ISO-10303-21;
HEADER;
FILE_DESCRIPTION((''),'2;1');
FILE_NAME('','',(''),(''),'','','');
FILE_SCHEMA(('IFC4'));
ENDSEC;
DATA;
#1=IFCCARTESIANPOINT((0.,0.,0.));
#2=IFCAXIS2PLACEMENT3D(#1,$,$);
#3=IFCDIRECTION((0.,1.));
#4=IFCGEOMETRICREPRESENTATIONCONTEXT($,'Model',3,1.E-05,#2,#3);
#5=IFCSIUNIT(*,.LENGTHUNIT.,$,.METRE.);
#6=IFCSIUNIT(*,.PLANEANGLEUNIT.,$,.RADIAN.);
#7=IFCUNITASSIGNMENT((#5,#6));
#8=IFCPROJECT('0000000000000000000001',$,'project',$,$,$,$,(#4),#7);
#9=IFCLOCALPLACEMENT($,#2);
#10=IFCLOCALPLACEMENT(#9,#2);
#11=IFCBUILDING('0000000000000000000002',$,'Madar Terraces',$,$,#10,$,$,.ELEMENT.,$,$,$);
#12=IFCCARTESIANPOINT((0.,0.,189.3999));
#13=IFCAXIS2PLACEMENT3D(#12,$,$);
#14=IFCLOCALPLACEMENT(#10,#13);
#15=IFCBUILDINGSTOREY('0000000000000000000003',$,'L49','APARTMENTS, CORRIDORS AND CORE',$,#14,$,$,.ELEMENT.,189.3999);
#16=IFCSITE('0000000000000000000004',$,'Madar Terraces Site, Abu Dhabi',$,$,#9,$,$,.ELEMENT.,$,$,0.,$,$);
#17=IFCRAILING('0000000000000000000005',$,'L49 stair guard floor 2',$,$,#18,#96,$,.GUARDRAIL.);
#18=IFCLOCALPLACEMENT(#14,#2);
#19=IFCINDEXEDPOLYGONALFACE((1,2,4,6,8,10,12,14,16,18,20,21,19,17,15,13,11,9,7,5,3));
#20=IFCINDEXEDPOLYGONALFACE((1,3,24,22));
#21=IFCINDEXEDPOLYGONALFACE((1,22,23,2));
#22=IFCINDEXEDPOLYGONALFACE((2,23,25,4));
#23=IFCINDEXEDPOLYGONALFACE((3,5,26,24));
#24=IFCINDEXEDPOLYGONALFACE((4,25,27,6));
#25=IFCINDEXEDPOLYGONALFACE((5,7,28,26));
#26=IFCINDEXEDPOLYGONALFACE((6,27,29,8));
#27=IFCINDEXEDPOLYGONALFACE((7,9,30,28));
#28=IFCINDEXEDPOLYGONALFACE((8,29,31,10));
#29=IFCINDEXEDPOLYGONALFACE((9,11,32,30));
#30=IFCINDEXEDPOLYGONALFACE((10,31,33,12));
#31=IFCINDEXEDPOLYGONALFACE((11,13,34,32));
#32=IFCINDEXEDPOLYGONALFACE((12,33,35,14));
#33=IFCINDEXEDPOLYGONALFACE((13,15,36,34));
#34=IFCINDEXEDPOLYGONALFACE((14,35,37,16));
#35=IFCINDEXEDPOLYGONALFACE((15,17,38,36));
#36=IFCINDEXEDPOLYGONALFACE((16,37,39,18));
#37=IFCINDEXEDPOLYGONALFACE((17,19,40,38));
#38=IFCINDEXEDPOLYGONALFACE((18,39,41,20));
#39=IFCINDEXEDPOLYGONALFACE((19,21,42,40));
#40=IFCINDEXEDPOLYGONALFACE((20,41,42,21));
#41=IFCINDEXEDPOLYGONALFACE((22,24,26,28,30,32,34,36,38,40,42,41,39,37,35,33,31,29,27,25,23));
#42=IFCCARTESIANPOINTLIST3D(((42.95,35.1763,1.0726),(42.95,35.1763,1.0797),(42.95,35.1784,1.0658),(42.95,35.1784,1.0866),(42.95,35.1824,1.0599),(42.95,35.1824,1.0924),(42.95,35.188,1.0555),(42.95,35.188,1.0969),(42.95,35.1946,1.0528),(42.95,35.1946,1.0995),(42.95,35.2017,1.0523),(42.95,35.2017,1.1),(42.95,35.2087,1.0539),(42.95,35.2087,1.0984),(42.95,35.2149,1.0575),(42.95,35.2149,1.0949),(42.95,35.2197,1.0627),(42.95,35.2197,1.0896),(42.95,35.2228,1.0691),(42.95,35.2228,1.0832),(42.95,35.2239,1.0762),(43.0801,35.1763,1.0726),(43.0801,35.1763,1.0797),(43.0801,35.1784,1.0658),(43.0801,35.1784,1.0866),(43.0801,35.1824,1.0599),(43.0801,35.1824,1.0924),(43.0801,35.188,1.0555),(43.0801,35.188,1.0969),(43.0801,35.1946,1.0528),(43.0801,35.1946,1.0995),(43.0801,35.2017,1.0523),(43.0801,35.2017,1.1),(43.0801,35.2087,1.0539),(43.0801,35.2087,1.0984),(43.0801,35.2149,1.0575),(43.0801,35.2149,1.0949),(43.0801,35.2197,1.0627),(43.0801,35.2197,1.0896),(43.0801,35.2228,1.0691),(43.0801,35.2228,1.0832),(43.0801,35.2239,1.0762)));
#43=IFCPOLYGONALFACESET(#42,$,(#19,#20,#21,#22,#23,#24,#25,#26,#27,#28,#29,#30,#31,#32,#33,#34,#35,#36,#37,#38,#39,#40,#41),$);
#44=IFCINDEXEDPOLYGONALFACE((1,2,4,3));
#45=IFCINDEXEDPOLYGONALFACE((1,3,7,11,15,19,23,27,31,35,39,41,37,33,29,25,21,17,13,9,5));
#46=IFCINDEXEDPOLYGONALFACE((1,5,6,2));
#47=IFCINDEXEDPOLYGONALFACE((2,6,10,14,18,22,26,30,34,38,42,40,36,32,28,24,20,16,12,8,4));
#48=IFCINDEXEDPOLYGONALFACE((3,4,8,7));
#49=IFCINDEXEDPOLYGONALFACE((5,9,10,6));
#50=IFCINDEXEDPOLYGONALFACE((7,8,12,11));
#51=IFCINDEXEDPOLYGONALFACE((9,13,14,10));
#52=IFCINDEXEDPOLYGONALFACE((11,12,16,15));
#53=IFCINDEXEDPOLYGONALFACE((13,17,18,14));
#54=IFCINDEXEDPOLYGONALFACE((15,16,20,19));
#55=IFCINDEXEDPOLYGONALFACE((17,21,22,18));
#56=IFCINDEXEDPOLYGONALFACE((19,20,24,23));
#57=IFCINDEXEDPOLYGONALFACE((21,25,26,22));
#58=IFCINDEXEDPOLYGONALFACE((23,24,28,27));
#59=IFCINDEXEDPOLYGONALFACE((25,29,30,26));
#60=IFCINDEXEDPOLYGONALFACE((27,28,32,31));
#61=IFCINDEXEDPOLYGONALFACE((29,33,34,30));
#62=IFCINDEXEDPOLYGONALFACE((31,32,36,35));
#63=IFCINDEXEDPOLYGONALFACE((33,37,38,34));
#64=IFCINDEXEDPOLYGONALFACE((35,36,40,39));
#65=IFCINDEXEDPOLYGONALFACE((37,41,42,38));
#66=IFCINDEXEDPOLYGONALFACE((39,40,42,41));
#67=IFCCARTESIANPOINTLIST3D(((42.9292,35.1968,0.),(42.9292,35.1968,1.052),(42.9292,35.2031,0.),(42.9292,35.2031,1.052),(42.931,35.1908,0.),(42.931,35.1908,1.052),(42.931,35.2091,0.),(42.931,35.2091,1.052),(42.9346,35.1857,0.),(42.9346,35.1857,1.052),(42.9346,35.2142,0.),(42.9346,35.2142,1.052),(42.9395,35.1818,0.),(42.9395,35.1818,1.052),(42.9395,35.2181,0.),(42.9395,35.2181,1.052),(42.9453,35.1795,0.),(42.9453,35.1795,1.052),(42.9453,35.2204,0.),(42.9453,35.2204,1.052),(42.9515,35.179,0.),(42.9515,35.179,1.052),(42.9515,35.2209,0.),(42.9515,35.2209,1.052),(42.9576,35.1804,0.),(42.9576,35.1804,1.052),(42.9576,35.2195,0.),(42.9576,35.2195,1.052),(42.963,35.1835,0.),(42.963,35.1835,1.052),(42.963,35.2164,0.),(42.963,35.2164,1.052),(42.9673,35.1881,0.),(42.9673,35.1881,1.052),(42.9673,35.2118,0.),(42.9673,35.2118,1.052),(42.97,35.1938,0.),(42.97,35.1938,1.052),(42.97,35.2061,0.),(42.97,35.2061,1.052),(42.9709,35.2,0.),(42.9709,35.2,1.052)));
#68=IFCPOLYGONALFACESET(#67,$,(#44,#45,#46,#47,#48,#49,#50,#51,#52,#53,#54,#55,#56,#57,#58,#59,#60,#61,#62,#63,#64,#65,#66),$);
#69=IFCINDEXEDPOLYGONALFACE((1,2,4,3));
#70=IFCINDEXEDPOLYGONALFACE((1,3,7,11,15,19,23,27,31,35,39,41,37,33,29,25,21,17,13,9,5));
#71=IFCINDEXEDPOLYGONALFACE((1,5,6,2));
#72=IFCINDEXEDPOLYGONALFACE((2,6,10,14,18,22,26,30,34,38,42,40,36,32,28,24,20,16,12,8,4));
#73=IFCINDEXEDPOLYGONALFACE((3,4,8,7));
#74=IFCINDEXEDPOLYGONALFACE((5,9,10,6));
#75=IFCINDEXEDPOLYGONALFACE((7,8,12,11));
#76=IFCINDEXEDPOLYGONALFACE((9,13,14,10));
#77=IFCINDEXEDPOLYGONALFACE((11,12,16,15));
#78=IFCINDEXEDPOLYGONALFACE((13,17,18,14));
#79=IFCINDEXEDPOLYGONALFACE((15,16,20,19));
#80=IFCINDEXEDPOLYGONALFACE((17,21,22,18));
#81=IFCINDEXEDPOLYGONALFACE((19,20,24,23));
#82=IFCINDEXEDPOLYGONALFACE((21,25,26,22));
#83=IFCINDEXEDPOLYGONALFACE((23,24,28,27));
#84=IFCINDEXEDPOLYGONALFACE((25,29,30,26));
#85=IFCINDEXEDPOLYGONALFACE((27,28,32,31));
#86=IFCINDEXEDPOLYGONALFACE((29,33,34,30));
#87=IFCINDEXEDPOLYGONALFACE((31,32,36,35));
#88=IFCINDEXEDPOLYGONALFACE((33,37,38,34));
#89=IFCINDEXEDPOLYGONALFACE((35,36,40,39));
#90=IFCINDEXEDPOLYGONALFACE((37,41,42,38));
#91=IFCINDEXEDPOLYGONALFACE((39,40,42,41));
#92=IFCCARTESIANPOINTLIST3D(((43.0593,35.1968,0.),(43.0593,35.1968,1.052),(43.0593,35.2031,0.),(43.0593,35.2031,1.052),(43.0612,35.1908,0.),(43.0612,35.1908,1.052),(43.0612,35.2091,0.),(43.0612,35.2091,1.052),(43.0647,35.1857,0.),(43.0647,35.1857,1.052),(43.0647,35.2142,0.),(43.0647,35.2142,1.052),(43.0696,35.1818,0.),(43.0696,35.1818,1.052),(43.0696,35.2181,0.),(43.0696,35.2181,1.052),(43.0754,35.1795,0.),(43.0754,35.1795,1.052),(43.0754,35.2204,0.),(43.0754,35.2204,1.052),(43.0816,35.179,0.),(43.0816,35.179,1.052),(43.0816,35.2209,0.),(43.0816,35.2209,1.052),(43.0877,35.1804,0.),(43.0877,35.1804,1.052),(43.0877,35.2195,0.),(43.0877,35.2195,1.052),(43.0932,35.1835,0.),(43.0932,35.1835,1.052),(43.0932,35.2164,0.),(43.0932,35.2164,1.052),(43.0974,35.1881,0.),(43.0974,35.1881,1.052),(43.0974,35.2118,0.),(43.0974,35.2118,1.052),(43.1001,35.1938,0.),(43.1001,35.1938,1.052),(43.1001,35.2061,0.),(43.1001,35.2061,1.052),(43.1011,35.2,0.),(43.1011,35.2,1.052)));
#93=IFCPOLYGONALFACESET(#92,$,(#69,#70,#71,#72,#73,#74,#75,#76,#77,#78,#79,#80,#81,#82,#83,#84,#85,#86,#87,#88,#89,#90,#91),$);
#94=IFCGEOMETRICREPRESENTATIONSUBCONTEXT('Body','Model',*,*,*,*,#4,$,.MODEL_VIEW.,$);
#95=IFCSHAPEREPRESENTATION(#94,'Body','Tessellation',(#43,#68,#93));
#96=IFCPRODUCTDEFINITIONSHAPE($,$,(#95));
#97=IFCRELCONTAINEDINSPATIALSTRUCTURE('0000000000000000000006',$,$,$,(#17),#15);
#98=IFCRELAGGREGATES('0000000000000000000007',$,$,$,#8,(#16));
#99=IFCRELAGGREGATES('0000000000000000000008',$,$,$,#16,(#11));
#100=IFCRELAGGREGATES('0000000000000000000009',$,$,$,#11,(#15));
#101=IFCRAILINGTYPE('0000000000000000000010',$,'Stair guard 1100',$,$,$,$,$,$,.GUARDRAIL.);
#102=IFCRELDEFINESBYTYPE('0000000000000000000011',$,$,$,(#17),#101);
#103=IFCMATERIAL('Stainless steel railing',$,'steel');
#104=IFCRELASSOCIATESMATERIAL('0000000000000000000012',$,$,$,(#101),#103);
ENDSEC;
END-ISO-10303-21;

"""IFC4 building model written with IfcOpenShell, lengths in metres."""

from ifc_helpers import new_model, si_unit, direction, frame, origin, origin_2d, place, context, subcontext, project, spatial, circle, extrude, material, type_object, element, save


model = new_model("IFC4")

# Units and contexts
model_context = context("Model", 3, precision=1e-05, world=origin(), true_north=direction((0.0, 1.0)))
body_context = subcontext(model_context, "Body", "Model", "MODEL_VIEW")
ifc_project = project(units=[si_unit("LENGTHUNIT", "METRE"), si_unit("PLANEANGLEUNIT", "RADIAN")], contexts=[model_context])

# Site, building, storey
site_placement = place(None, origin())
site = spatial("IfcSite", under=ifc_project, at=site_placement, Name="Madar Terraces Site, Abu Dhabi", CompositionType="ELEMENT", RefElevation=0.0)
building_placement = place(site_placement, origin())
building = spatial("IfcBuilding", under=site, at=building_placement, Name="Madar Terraces", CompositionType="ELEMENT")
storey_placement = place(building_placement, frame((0.0, 0.0, 189.3999)))
storey = spatial("IfcBuildingStorey", under=building, at=storey_placement, Name="L49", Description="APARTMENTS, CORRIDORS AND CORE", CompositionType="ELEMENT", Elevation=189.3999)

# Railing
ifc_material_1 = material(Name="Stainless steel railing", Category="steel")
railing_type_1 = type_object("IfcRailingType", Name="Stair guard 1100", PredefinedType="GUARDRAIL", material=ifc_material_1)
railing_1_placement = place(storey_placement, frame((42.95, 35.2, 0.0)))
element("IfcRailing", 1, at=railing_1_placement, inside=storey, type_object=railing_type_1, Name="L49 stair guard floor 2", PredefinedType="GUARDRAIL", context=body_context, shape_type="SweptSolid", body=[
    extrude(circle(Radius=0.0239, at=origin_2d()), frame((0.0, 0.0, 1.0762), z_axis=(1.0, 0.0, 0.0), x_axis=(0.0, 1.0, 0.0)), (0.0, 0.0, 1.0), 0.1301),
    extrude(circle(Radius=0.021, at=origin_2d()), origin(), (0.0, 0.0, 1.0), 1.052),
    extrude(circle(Radius=0.021, at=origin_2d()), frame((0.1301, 0.0, 0.0)), (0.0, 0.0, 1.0), 1.052),
])

save(model, "model.ifc")
